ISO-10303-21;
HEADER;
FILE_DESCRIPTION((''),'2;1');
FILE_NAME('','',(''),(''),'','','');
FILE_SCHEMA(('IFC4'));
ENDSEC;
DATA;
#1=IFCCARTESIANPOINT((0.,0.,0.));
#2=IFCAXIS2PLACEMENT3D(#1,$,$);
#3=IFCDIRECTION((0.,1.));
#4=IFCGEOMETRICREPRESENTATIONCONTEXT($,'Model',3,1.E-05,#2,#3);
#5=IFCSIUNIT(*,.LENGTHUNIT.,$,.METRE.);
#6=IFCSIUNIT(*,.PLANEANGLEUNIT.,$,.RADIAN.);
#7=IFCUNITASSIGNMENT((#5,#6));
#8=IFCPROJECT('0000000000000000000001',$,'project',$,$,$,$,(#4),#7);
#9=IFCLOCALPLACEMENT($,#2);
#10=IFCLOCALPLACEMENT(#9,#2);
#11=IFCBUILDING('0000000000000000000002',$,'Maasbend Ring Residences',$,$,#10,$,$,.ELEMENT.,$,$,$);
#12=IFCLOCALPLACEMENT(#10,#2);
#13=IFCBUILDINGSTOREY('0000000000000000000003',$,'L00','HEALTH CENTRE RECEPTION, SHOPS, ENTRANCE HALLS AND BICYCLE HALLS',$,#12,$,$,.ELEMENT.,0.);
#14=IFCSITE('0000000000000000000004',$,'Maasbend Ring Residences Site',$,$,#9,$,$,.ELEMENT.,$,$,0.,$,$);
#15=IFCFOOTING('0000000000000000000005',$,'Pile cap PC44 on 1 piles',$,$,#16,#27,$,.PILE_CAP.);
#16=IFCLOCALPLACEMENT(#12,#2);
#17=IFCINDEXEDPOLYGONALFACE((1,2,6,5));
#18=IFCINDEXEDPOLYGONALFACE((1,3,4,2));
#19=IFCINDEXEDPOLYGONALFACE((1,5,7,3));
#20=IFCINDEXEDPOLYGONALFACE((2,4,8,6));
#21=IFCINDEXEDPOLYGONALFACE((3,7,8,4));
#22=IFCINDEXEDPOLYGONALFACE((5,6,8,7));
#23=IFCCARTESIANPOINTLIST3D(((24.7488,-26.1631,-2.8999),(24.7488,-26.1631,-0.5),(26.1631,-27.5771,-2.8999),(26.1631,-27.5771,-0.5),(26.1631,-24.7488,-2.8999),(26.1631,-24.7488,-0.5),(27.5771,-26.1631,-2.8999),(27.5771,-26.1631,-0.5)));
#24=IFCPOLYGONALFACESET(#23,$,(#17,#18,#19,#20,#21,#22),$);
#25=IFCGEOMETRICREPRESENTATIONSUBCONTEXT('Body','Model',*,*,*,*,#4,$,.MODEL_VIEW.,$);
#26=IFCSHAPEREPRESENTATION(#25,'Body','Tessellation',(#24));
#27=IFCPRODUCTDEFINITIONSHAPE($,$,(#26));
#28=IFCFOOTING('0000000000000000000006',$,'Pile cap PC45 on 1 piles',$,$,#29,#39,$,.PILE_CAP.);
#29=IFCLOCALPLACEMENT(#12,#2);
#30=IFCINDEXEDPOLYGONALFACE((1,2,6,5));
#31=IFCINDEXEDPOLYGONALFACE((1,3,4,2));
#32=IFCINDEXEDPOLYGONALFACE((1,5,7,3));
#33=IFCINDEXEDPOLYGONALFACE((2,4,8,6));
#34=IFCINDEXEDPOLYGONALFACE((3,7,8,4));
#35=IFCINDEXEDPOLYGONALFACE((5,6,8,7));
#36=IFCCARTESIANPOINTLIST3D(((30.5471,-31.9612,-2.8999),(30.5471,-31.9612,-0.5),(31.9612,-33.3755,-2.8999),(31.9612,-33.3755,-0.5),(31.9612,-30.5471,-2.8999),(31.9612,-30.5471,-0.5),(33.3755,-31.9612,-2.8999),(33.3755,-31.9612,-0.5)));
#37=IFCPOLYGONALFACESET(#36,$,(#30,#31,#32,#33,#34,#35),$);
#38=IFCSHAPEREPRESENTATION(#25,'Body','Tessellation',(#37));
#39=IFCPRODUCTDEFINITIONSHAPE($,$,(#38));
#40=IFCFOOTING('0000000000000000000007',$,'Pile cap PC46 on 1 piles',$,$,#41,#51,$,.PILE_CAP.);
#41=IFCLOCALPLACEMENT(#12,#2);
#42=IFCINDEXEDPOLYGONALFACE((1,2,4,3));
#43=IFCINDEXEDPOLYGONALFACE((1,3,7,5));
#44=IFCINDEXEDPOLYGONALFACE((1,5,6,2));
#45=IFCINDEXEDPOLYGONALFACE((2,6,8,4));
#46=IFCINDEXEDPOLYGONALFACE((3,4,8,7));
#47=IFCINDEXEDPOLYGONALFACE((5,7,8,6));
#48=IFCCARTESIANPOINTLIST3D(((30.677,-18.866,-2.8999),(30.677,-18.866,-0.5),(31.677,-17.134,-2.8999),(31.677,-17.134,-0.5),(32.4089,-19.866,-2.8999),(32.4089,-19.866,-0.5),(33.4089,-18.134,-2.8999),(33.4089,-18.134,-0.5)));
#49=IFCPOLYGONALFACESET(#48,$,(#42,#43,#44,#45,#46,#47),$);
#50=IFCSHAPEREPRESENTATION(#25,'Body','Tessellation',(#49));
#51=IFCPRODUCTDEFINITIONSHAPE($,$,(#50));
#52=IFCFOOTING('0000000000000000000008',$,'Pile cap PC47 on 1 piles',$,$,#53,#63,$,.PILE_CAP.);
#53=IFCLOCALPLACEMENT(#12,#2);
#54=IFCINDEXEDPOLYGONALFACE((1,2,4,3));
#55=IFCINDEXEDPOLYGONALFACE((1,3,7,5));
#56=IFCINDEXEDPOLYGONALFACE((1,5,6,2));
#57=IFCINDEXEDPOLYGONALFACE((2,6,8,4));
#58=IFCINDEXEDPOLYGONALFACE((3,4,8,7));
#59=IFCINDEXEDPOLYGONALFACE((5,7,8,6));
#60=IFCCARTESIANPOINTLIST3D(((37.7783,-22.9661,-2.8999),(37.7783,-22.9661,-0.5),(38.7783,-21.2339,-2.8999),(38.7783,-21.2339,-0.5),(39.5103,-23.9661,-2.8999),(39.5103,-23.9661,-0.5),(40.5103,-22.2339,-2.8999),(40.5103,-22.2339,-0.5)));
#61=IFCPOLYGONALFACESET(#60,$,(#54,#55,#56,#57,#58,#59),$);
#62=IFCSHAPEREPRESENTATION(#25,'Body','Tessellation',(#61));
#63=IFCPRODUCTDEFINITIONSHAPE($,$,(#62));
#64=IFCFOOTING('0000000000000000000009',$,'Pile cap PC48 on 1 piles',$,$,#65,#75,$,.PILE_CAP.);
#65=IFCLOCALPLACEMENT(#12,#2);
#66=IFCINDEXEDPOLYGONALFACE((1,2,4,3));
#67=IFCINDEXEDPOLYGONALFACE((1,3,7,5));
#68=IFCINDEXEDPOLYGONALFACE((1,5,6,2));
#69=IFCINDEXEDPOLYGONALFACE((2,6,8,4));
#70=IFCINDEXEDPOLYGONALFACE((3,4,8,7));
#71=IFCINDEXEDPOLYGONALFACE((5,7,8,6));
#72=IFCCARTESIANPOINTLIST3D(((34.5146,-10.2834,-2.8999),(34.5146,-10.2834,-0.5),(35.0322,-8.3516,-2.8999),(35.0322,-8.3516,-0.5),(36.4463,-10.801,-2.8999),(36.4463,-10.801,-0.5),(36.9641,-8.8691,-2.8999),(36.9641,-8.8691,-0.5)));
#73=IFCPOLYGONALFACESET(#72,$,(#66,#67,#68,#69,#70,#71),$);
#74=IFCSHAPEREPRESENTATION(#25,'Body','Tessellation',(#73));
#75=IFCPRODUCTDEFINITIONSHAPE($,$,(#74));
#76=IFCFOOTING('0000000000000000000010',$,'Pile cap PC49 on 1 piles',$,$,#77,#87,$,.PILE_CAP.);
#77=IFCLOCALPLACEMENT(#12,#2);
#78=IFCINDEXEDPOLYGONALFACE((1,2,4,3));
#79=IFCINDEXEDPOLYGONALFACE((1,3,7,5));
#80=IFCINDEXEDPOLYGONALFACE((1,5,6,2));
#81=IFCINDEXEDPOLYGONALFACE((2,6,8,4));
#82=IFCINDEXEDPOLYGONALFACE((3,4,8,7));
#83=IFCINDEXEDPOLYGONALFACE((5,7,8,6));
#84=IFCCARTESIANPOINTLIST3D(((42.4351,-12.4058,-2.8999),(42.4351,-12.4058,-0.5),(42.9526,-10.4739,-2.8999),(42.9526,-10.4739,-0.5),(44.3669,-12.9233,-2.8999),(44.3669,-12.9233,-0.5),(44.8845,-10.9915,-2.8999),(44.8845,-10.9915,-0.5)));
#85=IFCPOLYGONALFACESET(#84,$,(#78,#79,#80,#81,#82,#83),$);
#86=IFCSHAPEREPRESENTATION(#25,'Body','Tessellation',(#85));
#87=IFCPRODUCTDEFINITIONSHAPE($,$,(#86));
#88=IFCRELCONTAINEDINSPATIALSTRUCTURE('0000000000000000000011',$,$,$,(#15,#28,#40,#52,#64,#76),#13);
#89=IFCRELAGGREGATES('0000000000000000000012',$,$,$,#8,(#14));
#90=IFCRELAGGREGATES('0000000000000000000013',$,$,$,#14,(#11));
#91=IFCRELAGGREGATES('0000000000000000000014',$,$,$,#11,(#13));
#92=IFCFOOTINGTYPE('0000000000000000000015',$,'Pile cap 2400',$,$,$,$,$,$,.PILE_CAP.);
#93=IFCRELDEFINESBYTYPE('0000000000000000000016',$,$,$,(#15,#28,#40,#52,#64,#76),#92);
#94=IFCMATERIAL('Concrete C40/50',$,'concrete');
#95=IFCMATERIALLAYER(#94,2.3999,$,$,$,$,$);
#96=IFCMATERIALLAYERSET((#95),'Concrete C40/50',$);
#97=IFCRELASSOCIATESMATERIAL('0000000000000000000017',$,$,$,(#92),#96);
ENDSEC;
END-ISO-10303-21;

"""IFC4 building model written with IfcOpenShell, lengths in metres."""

from ifc_helpers import new_model, si_unit, direction, frame, origin, place, context, subcontext, project, spatial, polyline, outline, extrude, material, layer, layer_set, type_object, element, save


model = new_model("IFC4")

# Units and contexts
model_context = context("Model", 3, precision=1e-05, world=origin(), true_north=direction((0.0, 1.0)))
body_context = subcontext(model_context, "Body", "Model", "MODEL_VIEW")
ifc_project = project(units=[si_unit("LENGTHUNIT", "METRE"), si_unit("PLANEANGLEUNIT", "RADIAN")], contexts=[model_context])

# Site, building, storey
site_placement = place(None, origin())
site = spatial("IfcSite", under=ifc_project, at=site_placement, Name="Maasbend Ring Residences Site", CompositionType="ELEMENT", RefElevation=0.0)
building_placement = place(site_placement, origin())
building = spatial("IfcBuilding", under=site, at=building_placement, Name="Maasbend Ring Residences", CompositionType="ELEMENT")
storey_placement = place(building_placement, origin())
storey = spatial("IfcBuildingStorey", under=building, at=storey_placement, Name="L00", Description="HEALTH CENTRE RECEPTION, SHOPS, ENTRANCE HALLS AND BICYCLE HALLS", CompositionType="ELEMENT", Elevation=0.0)

# Footings
ifc_material = material(Name="Concrete C40/50", Category="concrete")
ifc_layer = layer(ifc_material, 2.3999)
ifc_layer_set = layer_set([ifc_layer], Name="Concrete C40/50")
footing_type = type_object("IfcFootingType", Name="Pile cap 2400", PredefinedType="PILE_CAP", material=ifc_layer_set)
footing_1_placement = place(storey_placement, frame((0.0, 0.0, -2.8999)))
element("IfcFooting", 1, at=footing_1_placement, inside=storey, type_object=footing_type, Name="Pile cap PC44 on 1 piles", PredefinedType="PILE_CAP", context=body_context, shape_type="SweptSolid", body=[
    extrude(outline(polyline([(24.7488, -26.1631), (26.1631, -27.5771), (27.5771, -26.1631), (26.1631, -24.7488), (24.7488, -26.1631)])), origin(), (0.0, 0.0, 1.0), 2.3999),
])
footing_2_placement = place(storey_placement, frame((0.0, 0.0, -2.8999)))
element("IfcFooting", 2, at=footing_2_placement, inside=storey, type_object=footing_type, Name="Pile cap PC45 on 1 piles", PredefinedType="PILE_CAP", context=body_context, shape_type="SweptSolid", body=[
    extrude(outline(polyline([(30.5471, -31.9612), (31.9612, -33.3755), (33.3755, -31.9612), (31.9612, -30.5471), (30.5471, -31.9612)])), origin(), (0.0, 0.0, 1.0), 2.3999),
])
footing_3_placement = place(storey_placement, frame((0.0, 0.0, -2.8999)))
element("IfcFooting", 3, at=footing_3_placement, inside=storey, type_object=footing_type, Name="Pile cap PC46 on 1 piles", PredefinedType="PILE_CAP", context=body_context, shape_type="SweptSolid", body=[
    extrude(outline(polyline([(30.677, -18.866), (32.4089, -19.866), (33.4089, -18.134), (31.677, -17.134), (30.677, -18.866)])), origin(), (0.0, 0.0, 1.0), 2.3999),
])
footing_4_placement = place(storey_placement, frame((0.0, 0.0, -2.8999)))
element("IfcFooting", 4, at=footing_4_placement, inside=storey, type_object=footing_type, Name="Pile cap PC47 on 1 piles", PredefinedType="PILE_CAP", context=body_context, shape_type="SweptSolid", body=[
    extrude(outline(polyline([(37.7783, -22.9661), (39.5103, -23.9661), (40.5103, -22.2339), (38.7783, -21.2339), (37.7783, -22.9661)])), origin(), (0.0, 0.0, 1.0), 2.3999),
])
footing_5_placement = place(storey_placement, frame((0.0, 0.0, -2.8999)))
element("IfcFooting", 5, at=footing_5_placement, inside=storey, type_object=footing_type, Name="Pile cap PC48 on 1 piles", PredefinedType="PILE_CAP", context=body_context, shape_type="SweptSolid", body=[
    extrude(outline(polyline([(34.5146, -10.2834), (36.4463, -10.801), (36.9641, -8.8691), (35.0322, -8.3516), (34.5146, -10.2834)])), origin(), (0.0, 0.0, 1.0), 2.3999),
])
footing_6_placement = place(storey_placement, frame((0.0, 0.0, -2.8999)))
element("IfcFooting", 6, at=footing_6_placement, inside=storey, type_object=footing_type, Name="Pile cap PC49 on 1 piles", PredefinedType="PILE_CAP", context=body_context, shape_type="SweptSolid", body=[
    extrude(outline(polyline([(42.4351, -12.4058), (44.3669, -12.9233), (44.8845, -10.9915), (42.9526, -10.4739), (42.4351, -12.4058)])), origin(), (0.0, 0.0, 1.0), 2.3999),
])

save(model, "model.ifc")
